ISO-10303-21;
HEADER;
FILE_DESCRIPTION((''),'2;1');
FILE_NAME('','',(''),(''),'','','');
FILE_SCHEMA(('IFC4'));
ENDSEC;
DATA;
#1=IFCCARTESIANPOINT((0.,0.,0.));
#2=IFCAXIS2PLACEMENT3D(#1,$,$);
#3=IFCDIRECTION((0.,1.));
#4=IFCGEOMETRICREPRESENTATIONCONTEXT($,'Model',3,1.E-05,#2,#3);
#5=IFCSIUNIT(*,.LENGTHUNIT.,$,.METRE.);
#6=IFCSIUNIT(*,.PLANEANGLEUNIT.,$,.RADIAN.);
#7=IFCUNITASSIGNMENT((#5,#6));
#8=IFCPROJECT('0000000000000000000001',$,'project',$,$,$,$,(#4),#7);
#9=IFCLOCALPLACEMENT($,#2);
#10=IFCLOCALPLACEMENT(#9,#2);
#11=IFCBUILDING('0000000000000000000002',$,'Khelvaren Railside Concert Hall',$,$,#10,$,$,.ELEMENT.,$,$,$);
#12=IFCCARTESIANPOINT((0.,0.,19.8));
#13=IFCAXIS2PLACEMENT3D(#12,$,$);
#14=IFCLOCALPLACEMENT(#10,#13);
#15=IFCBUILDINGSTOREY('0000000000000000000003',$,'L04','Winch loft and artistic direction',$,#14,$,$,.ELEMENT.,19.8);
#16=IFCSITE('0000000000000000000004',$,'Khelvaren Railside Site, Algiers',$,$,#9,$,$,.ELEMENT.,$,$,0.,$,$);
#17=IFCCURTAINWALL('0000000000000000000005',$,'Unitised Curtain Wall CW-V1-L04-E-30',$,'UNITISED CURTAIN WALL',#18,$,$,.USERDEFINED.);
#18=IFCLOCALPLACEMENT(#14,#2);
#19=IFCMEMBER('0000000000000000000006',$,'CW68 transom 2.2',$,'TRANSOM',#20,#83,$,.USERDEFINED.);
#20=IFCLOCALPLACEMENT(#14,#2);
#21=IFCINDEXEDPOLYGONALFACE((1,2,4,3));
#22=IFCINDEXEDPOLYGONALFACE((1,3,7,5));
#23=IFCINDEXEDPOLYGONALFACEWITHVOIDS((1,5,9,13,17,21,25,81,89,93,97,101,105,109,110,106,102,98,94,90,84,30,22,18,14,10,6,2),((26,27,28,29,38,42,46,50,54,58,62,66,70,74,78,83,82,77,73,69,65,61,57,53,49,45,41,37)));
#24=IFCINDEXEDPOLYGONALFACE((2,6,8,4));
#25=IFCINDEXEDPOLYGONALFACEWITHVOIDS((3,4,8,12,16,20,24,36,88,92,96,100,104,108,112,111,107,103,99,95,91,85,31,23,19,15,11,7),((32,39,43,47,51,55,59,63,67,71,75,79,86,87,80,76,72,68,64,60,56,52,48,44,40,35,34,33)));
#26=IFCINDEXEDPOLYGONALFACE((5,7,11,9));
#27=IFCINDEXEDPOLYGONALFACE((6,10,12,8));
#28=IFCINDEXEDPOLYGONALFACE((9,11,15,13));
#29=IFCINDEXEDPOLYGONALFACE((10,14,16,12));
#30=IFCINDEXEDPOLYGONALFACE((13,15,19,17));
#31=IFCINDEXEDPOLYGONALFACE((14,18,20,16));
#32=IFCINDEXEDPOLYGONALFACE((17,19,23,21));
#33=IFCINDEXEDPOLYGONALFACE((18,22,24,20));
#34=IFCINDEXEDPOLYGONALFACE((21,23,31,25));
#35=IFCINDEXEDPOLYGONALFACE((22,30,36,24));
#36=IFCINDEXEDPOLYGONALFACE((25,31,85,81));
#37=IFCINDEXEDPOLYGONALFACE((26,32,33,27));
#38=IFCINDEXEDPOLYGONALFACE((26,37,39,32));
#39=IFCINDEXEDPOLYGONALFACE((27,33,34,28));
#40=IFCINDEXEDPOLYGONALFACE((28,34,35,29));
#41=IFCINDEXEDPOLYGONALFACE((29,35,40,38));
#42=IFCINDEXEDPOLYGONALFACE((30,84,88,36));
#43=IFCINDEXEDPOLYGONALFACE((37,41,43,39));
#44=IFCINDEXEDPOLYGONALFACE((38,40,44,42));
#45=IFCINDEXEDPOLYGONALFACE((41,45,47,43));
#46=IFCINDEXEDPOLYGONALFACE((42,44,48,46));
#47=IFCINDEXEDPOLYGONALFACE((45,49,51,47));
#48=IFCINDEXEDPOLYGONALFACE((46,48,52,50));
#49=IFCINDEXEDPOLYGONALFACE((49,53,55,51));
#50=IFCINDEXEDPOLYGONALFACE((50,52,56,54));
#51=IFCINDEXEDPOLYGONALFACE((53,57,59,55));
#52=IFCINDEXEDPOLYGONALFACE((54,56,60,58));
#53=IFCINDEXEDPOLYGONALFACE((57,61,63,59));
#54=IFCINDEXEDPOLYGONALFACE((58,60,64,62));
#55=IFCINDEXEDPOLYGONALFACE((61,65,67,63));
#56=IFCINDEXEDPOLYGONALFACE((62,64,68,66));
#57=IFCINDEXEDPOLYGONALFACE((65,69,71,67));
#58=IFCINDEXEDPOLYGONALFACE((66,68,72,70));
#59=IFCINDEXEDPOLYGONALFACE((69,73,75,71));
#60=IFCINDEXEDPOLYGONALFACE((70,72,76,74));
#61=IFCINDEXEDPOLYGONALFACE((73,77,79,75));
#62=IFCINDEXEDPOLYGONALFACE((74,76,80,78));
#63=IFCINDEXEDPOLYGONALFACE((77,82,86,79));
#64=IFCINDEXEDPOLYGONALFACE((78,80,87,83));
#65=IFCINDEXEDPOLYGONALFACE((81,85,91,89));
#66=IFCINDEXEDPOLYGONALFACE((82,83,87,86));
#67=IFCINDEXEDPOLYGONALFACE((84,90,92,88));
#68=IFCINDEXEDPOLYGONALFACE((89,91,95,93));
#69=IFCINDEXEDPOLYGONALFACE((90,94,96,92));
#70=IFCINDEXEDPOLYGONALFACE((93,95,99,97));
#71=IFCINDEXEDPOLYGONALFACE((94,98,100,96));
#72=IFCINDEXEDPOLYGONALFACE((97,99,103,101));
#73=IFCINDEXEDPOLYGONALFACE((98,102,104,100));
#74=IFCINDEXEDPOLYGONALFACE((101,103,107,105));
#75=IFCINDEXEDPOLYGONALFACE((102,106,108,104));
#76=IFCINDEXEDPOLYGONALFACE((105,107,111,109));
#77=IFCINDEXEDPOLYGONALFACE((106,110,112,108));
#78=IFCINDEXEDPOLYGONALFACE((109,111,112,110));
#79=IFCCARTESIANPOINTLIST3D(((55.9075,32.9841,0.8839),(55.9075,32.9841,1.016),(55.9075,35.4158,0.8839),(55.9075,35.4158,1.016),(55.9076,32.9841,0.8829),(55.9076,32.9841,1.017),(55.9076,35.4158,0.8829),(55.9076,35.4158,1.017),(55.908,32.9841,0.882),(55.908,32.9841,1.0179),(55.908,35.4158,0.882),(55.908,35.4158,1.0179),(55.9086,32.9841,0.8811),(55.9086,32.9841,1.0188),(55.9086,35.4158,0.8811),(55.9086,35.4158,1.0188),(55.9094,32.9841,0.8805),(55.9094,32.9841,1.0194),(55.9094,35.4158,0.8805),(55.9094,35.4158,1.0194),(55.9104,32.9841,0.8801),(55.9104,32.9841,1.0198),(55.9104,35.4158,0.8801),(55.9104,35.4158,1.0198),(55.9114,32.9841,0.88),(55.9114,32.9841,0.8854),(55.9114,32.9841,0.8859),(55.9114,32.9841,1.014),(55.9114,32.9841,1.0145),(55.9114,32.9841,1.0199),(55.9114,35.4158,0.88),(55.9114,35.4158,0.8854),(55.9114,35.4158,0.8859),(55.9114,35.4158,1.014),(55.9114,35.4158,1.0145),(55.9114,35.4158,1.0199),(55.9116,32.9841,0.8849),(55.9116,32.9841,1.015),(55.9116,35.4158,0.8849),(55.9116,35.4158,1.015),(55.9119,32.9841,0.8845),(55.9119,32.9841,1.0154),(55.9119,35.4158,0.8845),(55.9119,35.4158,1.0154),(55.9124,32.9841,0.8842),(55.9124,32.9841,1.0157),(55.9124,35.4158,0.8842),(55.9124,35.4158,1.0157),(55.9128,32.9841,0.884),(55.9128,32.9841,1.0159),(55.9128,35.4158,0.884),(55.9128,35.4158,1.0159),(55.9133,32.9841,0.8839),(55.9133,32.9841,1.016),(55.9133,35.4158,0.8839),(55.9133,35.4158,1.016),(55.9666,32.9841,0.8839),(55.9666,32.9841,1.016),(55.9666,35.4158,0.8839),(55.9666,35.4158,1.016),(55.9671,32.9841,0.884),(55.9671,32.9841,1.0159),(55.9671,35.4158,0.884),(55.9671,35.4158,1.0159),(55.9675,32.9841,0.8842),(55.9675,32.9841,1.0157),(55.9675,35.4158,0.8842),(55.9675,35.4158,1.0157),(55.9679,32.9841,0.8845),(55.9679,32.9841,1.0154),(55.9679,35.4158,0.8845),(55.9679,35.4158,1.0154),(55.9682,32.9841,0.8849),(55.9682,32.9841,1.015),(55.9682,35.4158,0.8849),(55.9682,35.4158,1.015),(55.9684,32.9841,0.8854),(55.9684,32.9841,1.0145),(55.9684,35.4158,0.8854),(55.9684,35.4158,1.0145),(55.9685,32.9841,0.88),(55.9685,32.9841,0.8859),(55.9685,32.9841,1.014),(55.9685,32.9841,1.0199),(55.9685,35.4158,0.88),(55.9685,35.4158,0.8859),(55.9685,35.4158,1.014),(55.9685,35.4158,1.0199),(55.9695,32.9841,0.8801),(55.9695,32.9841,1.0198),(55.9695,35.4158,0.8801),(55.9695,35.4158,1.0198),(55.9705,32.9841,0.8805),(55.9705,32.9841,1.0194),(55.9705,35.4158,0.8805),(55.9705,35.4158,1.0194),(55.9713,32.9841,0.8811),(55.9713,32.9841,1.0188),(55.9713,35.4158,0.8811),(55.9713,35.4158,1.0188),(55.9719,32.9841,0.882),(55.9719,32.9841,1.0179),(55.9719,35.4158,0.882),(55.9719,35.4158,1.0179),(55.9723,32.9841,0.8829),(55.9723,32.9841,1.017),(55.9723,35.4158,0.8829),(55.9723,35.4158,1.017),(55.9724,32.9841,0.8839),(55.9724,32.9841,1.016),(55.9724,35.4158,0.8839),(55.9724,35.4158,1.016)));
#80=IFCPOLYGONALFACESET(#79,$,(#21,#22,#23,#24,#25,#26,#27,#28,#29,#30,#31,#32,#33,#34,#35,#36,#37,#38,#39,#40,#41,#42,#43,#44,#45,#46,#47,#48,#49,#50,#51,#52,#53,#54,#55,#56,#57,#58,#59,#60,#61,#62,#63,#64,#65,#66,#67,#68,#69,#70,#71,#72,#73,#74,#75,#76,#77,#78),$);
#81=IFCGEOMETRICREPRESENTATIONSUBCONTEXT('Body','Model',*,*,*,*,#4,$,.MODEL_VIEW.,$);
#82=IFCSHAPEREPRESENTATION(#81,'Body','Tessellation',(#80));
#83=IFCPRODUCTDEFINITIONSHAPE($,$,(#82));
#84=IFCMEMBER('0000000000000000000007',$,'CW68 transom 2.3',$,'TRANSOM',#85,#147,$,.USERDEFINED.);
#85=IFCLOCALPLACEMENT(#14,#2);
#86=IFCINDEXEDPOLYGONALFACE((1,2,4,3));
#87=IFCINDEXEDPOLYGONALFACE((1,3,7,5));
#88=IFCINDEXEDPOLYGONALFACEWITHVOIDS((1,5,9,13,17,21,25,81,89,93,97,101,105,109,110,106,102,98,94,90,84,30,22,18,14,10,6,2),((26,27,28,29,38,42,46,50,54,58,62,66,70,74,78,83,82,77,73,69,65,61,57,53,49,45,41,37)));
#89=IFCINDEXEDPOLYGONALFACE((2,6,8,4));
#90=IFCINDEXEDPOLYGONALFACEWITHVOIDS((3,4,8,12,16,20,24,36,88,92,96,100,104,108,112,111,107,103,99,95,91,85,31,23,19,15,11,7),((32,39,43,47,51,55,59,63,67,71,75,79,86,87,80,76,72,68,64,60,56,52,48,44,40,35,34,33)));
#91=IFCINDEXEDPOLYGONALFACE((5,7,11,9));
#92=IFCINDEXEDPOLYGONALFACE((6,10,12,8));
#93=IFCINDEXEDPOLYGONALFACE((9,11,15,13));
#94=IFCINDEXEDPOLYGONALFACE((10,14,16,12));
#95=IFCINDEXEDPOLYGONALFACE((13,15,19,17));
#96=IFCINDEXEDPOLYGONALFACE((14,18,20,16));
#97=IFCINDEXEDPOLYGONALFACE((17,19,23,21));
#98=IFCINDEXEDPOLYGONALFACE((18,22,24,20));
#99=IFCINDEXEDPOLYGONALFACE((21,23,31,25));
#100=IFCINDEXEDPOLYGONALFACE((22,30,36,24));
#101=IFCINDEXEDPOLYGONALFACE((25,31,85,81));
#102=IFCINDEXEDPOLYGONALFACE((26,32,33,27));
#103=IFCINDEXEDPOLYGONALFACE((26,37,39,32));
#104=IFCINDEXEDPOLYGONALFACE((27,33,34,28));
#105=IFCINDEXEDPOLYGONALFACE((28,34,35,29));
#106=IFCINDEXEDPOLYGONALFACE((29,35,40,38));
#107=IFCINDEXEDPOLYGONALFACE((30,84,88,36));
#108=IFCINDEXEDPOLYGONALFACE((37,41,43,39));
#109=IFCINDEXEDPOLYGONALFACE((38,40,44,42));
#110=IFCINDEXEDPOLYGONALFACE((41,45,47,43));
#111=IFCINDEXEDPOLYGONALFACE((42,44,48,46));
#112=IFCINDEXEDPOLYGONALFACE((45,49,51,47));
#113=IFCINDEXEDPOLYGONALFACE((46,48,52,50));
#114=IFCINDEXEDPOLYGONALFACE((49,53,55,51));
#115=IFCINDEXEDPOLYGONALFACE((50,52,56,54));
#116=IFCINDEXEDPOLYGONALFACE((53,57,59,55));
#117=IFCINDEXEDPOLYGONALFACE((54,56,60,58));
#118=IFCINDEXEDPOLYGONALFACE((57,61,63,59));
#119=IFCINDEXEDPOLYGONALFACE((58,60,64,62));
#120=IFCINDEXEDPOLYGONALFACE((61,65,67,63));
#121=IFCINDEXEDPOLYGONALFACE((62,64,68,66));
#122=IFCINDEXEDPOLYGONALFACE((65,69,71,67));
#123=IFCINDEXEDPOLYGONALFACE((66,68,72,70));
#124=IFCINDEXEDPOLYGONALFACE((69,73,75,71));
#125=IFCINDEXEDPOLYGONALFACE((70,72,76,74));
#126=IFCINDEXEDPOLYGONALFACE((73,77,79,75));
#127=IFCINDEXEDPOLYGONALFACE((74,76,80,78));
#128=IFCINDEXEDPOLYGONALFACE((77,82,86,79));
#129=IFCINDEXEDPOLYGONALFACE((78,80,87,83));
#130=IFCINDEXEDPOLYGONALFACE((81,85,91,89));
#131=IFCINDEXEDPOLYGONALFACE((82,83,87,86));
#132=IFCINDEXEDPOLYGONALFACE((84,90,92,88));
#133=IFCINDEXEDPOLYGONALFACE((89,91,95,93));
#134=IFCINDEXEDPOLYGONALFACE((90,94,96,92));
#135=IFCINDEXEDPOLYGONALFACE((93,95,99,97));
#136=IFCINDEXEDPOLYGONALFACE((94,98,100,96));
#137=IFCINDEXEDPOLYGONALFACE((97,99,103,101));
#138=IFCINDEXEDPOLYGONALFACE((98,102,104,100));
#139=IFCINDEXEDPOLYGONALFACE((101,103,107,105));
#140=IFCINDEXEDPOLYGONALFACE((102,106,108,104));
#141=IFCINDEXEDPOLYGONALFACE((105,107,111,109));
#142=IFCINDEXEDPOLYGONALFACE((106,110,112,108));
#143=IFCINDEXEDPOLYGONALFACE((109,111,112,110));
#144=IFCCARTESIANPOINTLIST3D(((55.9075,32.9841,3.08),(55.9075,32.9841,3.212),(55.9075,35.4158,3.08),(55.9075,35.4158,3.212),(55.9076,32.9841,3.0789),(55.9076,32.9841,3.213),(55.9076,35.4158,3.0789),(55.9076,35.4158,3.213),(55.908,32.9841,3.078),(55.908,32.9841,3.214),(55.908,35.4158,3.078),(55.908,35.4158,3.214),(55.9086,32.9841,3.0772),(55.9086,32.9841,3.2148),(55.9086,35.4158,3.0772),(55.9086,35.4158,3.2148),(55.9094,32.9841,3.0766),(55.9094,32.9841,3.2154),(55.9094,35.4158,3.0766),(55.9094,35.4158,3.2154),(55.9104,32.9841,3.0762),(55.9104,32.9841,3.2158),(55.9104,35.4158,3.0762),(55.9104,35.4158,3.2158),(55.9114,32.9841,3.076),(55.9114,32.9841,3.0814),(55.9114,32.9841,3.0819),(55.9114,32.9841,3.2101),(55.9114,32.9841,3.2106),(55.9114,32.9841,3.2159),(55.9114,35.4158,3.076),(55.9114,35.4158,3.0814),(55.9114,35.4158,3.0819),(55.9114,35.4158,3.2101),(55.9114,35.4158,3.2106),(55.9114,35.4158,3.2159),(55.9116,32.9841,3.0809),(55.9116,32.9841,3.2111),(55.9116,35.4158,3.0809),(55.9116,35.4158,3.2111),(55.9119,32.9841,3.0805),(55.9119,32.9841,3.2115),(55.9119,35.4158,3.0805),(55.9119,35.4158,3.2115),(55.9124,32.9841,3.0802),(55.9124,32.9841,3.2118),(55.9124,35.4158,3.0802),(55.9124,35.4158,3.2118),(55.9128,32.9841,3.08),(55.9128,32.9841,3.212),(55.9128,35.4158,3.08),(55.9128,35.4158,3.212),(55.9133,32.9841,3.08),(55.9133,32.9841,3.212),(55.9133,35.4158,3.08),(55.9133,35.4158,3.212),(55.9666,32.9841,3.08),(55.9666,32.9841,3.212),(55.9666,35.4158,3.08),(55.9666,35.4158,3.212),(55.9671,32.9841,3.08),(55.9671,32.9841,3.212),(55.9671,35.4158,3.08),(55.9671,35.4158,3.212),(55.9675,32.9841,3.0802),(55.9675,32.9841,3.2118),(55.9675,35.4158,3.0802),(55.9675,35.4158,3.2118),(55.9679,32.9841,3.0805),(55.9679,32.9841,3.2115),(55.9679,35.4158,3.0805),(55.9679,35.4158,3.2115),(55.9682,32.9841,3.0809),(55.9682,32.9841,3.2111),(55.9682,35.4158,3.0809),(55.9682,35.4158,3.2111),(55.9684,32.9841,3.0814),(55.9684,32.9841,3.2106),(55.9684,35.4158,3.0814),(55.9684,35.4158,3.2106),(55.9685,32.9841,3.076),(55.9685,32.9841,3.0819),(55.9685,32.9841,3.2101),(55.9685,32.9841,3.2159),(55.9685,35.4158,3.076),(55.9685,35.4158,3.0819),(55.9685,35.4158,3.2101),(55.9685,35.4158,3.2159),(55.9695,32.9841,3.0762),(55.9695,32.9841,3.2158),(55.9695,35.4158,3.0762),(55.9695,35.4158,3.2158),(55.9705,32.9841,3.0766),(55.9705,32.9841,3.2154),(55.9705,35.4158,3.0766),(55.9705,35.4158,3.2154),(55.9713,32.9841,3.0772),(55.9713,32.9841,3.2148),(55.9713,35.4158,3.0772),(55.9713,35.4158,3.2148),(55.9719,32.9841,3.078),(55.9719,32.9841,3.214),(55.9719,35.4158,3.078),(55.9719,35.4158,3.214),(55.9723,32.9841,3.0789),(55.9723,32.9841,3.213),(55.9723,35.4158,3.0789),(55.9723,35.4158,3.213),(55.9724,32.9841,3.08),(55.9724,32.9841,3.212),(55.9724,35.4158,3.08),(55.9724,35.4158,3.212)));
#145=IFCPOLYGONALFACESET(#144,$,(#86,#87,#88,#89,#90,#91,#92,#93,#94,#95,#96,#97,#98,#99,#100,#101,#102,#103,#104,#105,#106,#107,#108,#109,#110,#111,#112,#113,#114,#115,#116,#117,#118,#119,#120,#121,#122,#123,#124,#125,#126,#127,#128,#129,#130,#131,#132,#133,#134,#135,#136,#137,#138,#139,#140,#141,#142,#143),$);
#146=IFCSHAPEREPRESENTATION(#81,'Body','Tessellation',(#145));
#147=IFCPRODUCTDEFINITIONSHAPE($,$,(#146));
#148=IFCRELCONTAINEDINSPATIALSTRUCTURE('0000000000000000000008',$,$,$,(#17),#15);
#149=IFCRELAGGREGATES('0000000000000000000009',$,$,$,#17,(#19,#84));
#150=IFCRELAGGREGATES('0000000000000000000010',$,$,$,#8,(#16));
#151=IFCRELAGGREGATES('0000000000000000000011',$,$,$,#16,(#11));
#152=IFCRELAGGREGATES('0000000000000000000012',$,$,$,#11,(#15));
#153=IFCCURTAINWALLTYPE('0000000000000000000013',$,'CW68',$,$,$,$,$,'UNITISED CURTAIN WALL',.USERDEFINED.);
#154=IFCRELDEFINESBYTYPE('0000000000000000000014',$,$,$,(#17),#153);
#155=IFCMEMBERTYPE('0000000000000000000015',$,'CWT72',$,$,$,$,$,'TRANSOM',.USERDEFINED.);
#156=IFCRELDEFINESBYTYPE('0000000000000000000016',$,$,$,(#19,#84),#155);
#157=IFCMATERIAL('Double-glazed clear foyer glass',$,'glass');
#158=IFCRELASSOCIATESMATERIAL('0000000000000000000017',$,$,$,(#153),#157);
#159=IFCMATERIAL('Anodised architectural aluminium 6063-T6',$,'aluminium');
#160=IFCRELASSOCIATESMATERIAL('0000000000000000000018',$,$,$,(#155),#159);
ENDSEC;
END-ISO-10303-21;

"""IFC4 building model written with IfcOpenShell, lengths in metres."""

from ifc_helpers import new_model, si_unit, direction, frame, origin, origin_2d, place, context, subcontext, project, spatial, hollow_rectangle, extrude, material, material_profile, profile_set, type_object, element, aggregate, save


model = new_model("IFC4")

# Units and contexts
model_context = context("Model", 3, precision=1e-05, world=origin(), true_north=direction((0.0, 1.0)))
body_context = subcontext(model_context, "Body", "Model", "MODEL_VIEW")
ifc_project = project(units=[si_unit("LENGTHUNIT", "METRE"), si_unit("PLANEANGLEUNIT", "RADIAN")], contexts=[model_context])

# Site, building, storey
site_placement = place(None, origin())
site = spatial("IfcSite", under=ifc_project, at=site_placement, Name="Khelvaren Railside Site, Algiers", CompositionType="ELEMENT", RefElevation=0.0)
building_placement = place(site_placement, origin())
building = spatial("IfcBuilding", under=site, at=building_placement, Name="Khelvaren Railside Concert Hall", CompositionType="ELEMENT")
storey_placement = place(building_placement, frame((0.0, 0.0, 19.8)))
storey = spatial("IfcBuildingStorey", under=building, at=storey_placement, Name="L04", Description="Winch loft and artistic direction", CompositionType="ELEMENT", Elevation=19.8)

# Curtain wall
ifc_material_1 = material(Name="Double-glazed clear foyer glass", Category="glass")
curtain_wall_type_1 = type_object("IfcCurtainWallType", Name="CW68", ElementType="UNITISED CURTAIN WALL", PredefinedType="USERDEFINED", material=ifc_material_1)
curtain_wall_1_placement = place(storey_placement, origin())
curtain_wall_1 = element("IfcCurtainWall", 1, at=curtain_wall_1_placement, inside=storey, type_object=curtain_wall_type_1, Name="Unitised Curtain Wall CW-V1-L04-E-30", ObjectType="UNITISED CURTAIN WALL", PredefinedType="USERDEFINED")
ifc_material_2 = material(Name="Anodised architectural aluminium 6063-T6", Category="aluminium")

# Members
ifc_material_profile_1 = material_profile(ifc_material_2, hollow_rectangle(XDim=0.0649, YDim=0.1399, WallThickness=0.0039, InnerFilletRadius=0.002, OuterFilletRadius=0.0039, at=origin_2d()), Name="CWT 65x140x4")
ifc_profile_set_1 = profile_set([ifc_material_profile_1], Name="Anodised architectural aluminium 6063-T6")
member_type_1 = type_object("IfcMemberType", Name="CWT72", ElementType="TRANSOM", PredefinedType="USERDEFINED", material=ifc_profile_set_1)
member_1_placement = place(storey_placement, frame((55.9399, 35.4158, 0.95), z_axis=(0.0, -1.0, 0.0), x_axis=(1.0, 0.0, 0.0)))
member_1 = element("IfcMember", 2, at=member_1_placement, type_object=member_type_1, Name="CW68 transom 2.2", ObjectType="TRANSOM", PredefinedType="USERDEFINED", context=body_context, shape_type="SweptSolid", body=[
    extrude(hollow_rectangle(XDim=0.0649, YDim=0.1399, WallThickness=0.0039, InnerFilletRadius=0.002, OuterFilletRadius=0.0039, at=origin_2d()), origin(), (0.0, 0.0, 1.0), 2.4316),
])
member_2_placement = place(storey_placement, frame((55.9399, 35.4158, 3.146), z_axis=(0.0, -1.0, 0.0), x_axis=(1.0, 0.0, 0.0)))
member_2 = element("IfcMember", 3, at=member_2_placement, type_object=member_type_1, Name="CW68 transom 2.3", ObjectType="TRANSOM", PredefinedType="USERDEFINED", context=body_context, shape_type="SweptSolid", body=[
    extrude(hollow_rectangle(XDim=0.0649, YDim=0.1399, WallThickness=0.0039, InnerFilletRadius=0.002, OuterFilletRadius=0.0039, at=origin_2d()), origin(), (0.0, 0.0, 1.0), 2.4316),
])

aggregate(curtain_wall_1, [member_1, member_2])

save(model, "model.ifc")
